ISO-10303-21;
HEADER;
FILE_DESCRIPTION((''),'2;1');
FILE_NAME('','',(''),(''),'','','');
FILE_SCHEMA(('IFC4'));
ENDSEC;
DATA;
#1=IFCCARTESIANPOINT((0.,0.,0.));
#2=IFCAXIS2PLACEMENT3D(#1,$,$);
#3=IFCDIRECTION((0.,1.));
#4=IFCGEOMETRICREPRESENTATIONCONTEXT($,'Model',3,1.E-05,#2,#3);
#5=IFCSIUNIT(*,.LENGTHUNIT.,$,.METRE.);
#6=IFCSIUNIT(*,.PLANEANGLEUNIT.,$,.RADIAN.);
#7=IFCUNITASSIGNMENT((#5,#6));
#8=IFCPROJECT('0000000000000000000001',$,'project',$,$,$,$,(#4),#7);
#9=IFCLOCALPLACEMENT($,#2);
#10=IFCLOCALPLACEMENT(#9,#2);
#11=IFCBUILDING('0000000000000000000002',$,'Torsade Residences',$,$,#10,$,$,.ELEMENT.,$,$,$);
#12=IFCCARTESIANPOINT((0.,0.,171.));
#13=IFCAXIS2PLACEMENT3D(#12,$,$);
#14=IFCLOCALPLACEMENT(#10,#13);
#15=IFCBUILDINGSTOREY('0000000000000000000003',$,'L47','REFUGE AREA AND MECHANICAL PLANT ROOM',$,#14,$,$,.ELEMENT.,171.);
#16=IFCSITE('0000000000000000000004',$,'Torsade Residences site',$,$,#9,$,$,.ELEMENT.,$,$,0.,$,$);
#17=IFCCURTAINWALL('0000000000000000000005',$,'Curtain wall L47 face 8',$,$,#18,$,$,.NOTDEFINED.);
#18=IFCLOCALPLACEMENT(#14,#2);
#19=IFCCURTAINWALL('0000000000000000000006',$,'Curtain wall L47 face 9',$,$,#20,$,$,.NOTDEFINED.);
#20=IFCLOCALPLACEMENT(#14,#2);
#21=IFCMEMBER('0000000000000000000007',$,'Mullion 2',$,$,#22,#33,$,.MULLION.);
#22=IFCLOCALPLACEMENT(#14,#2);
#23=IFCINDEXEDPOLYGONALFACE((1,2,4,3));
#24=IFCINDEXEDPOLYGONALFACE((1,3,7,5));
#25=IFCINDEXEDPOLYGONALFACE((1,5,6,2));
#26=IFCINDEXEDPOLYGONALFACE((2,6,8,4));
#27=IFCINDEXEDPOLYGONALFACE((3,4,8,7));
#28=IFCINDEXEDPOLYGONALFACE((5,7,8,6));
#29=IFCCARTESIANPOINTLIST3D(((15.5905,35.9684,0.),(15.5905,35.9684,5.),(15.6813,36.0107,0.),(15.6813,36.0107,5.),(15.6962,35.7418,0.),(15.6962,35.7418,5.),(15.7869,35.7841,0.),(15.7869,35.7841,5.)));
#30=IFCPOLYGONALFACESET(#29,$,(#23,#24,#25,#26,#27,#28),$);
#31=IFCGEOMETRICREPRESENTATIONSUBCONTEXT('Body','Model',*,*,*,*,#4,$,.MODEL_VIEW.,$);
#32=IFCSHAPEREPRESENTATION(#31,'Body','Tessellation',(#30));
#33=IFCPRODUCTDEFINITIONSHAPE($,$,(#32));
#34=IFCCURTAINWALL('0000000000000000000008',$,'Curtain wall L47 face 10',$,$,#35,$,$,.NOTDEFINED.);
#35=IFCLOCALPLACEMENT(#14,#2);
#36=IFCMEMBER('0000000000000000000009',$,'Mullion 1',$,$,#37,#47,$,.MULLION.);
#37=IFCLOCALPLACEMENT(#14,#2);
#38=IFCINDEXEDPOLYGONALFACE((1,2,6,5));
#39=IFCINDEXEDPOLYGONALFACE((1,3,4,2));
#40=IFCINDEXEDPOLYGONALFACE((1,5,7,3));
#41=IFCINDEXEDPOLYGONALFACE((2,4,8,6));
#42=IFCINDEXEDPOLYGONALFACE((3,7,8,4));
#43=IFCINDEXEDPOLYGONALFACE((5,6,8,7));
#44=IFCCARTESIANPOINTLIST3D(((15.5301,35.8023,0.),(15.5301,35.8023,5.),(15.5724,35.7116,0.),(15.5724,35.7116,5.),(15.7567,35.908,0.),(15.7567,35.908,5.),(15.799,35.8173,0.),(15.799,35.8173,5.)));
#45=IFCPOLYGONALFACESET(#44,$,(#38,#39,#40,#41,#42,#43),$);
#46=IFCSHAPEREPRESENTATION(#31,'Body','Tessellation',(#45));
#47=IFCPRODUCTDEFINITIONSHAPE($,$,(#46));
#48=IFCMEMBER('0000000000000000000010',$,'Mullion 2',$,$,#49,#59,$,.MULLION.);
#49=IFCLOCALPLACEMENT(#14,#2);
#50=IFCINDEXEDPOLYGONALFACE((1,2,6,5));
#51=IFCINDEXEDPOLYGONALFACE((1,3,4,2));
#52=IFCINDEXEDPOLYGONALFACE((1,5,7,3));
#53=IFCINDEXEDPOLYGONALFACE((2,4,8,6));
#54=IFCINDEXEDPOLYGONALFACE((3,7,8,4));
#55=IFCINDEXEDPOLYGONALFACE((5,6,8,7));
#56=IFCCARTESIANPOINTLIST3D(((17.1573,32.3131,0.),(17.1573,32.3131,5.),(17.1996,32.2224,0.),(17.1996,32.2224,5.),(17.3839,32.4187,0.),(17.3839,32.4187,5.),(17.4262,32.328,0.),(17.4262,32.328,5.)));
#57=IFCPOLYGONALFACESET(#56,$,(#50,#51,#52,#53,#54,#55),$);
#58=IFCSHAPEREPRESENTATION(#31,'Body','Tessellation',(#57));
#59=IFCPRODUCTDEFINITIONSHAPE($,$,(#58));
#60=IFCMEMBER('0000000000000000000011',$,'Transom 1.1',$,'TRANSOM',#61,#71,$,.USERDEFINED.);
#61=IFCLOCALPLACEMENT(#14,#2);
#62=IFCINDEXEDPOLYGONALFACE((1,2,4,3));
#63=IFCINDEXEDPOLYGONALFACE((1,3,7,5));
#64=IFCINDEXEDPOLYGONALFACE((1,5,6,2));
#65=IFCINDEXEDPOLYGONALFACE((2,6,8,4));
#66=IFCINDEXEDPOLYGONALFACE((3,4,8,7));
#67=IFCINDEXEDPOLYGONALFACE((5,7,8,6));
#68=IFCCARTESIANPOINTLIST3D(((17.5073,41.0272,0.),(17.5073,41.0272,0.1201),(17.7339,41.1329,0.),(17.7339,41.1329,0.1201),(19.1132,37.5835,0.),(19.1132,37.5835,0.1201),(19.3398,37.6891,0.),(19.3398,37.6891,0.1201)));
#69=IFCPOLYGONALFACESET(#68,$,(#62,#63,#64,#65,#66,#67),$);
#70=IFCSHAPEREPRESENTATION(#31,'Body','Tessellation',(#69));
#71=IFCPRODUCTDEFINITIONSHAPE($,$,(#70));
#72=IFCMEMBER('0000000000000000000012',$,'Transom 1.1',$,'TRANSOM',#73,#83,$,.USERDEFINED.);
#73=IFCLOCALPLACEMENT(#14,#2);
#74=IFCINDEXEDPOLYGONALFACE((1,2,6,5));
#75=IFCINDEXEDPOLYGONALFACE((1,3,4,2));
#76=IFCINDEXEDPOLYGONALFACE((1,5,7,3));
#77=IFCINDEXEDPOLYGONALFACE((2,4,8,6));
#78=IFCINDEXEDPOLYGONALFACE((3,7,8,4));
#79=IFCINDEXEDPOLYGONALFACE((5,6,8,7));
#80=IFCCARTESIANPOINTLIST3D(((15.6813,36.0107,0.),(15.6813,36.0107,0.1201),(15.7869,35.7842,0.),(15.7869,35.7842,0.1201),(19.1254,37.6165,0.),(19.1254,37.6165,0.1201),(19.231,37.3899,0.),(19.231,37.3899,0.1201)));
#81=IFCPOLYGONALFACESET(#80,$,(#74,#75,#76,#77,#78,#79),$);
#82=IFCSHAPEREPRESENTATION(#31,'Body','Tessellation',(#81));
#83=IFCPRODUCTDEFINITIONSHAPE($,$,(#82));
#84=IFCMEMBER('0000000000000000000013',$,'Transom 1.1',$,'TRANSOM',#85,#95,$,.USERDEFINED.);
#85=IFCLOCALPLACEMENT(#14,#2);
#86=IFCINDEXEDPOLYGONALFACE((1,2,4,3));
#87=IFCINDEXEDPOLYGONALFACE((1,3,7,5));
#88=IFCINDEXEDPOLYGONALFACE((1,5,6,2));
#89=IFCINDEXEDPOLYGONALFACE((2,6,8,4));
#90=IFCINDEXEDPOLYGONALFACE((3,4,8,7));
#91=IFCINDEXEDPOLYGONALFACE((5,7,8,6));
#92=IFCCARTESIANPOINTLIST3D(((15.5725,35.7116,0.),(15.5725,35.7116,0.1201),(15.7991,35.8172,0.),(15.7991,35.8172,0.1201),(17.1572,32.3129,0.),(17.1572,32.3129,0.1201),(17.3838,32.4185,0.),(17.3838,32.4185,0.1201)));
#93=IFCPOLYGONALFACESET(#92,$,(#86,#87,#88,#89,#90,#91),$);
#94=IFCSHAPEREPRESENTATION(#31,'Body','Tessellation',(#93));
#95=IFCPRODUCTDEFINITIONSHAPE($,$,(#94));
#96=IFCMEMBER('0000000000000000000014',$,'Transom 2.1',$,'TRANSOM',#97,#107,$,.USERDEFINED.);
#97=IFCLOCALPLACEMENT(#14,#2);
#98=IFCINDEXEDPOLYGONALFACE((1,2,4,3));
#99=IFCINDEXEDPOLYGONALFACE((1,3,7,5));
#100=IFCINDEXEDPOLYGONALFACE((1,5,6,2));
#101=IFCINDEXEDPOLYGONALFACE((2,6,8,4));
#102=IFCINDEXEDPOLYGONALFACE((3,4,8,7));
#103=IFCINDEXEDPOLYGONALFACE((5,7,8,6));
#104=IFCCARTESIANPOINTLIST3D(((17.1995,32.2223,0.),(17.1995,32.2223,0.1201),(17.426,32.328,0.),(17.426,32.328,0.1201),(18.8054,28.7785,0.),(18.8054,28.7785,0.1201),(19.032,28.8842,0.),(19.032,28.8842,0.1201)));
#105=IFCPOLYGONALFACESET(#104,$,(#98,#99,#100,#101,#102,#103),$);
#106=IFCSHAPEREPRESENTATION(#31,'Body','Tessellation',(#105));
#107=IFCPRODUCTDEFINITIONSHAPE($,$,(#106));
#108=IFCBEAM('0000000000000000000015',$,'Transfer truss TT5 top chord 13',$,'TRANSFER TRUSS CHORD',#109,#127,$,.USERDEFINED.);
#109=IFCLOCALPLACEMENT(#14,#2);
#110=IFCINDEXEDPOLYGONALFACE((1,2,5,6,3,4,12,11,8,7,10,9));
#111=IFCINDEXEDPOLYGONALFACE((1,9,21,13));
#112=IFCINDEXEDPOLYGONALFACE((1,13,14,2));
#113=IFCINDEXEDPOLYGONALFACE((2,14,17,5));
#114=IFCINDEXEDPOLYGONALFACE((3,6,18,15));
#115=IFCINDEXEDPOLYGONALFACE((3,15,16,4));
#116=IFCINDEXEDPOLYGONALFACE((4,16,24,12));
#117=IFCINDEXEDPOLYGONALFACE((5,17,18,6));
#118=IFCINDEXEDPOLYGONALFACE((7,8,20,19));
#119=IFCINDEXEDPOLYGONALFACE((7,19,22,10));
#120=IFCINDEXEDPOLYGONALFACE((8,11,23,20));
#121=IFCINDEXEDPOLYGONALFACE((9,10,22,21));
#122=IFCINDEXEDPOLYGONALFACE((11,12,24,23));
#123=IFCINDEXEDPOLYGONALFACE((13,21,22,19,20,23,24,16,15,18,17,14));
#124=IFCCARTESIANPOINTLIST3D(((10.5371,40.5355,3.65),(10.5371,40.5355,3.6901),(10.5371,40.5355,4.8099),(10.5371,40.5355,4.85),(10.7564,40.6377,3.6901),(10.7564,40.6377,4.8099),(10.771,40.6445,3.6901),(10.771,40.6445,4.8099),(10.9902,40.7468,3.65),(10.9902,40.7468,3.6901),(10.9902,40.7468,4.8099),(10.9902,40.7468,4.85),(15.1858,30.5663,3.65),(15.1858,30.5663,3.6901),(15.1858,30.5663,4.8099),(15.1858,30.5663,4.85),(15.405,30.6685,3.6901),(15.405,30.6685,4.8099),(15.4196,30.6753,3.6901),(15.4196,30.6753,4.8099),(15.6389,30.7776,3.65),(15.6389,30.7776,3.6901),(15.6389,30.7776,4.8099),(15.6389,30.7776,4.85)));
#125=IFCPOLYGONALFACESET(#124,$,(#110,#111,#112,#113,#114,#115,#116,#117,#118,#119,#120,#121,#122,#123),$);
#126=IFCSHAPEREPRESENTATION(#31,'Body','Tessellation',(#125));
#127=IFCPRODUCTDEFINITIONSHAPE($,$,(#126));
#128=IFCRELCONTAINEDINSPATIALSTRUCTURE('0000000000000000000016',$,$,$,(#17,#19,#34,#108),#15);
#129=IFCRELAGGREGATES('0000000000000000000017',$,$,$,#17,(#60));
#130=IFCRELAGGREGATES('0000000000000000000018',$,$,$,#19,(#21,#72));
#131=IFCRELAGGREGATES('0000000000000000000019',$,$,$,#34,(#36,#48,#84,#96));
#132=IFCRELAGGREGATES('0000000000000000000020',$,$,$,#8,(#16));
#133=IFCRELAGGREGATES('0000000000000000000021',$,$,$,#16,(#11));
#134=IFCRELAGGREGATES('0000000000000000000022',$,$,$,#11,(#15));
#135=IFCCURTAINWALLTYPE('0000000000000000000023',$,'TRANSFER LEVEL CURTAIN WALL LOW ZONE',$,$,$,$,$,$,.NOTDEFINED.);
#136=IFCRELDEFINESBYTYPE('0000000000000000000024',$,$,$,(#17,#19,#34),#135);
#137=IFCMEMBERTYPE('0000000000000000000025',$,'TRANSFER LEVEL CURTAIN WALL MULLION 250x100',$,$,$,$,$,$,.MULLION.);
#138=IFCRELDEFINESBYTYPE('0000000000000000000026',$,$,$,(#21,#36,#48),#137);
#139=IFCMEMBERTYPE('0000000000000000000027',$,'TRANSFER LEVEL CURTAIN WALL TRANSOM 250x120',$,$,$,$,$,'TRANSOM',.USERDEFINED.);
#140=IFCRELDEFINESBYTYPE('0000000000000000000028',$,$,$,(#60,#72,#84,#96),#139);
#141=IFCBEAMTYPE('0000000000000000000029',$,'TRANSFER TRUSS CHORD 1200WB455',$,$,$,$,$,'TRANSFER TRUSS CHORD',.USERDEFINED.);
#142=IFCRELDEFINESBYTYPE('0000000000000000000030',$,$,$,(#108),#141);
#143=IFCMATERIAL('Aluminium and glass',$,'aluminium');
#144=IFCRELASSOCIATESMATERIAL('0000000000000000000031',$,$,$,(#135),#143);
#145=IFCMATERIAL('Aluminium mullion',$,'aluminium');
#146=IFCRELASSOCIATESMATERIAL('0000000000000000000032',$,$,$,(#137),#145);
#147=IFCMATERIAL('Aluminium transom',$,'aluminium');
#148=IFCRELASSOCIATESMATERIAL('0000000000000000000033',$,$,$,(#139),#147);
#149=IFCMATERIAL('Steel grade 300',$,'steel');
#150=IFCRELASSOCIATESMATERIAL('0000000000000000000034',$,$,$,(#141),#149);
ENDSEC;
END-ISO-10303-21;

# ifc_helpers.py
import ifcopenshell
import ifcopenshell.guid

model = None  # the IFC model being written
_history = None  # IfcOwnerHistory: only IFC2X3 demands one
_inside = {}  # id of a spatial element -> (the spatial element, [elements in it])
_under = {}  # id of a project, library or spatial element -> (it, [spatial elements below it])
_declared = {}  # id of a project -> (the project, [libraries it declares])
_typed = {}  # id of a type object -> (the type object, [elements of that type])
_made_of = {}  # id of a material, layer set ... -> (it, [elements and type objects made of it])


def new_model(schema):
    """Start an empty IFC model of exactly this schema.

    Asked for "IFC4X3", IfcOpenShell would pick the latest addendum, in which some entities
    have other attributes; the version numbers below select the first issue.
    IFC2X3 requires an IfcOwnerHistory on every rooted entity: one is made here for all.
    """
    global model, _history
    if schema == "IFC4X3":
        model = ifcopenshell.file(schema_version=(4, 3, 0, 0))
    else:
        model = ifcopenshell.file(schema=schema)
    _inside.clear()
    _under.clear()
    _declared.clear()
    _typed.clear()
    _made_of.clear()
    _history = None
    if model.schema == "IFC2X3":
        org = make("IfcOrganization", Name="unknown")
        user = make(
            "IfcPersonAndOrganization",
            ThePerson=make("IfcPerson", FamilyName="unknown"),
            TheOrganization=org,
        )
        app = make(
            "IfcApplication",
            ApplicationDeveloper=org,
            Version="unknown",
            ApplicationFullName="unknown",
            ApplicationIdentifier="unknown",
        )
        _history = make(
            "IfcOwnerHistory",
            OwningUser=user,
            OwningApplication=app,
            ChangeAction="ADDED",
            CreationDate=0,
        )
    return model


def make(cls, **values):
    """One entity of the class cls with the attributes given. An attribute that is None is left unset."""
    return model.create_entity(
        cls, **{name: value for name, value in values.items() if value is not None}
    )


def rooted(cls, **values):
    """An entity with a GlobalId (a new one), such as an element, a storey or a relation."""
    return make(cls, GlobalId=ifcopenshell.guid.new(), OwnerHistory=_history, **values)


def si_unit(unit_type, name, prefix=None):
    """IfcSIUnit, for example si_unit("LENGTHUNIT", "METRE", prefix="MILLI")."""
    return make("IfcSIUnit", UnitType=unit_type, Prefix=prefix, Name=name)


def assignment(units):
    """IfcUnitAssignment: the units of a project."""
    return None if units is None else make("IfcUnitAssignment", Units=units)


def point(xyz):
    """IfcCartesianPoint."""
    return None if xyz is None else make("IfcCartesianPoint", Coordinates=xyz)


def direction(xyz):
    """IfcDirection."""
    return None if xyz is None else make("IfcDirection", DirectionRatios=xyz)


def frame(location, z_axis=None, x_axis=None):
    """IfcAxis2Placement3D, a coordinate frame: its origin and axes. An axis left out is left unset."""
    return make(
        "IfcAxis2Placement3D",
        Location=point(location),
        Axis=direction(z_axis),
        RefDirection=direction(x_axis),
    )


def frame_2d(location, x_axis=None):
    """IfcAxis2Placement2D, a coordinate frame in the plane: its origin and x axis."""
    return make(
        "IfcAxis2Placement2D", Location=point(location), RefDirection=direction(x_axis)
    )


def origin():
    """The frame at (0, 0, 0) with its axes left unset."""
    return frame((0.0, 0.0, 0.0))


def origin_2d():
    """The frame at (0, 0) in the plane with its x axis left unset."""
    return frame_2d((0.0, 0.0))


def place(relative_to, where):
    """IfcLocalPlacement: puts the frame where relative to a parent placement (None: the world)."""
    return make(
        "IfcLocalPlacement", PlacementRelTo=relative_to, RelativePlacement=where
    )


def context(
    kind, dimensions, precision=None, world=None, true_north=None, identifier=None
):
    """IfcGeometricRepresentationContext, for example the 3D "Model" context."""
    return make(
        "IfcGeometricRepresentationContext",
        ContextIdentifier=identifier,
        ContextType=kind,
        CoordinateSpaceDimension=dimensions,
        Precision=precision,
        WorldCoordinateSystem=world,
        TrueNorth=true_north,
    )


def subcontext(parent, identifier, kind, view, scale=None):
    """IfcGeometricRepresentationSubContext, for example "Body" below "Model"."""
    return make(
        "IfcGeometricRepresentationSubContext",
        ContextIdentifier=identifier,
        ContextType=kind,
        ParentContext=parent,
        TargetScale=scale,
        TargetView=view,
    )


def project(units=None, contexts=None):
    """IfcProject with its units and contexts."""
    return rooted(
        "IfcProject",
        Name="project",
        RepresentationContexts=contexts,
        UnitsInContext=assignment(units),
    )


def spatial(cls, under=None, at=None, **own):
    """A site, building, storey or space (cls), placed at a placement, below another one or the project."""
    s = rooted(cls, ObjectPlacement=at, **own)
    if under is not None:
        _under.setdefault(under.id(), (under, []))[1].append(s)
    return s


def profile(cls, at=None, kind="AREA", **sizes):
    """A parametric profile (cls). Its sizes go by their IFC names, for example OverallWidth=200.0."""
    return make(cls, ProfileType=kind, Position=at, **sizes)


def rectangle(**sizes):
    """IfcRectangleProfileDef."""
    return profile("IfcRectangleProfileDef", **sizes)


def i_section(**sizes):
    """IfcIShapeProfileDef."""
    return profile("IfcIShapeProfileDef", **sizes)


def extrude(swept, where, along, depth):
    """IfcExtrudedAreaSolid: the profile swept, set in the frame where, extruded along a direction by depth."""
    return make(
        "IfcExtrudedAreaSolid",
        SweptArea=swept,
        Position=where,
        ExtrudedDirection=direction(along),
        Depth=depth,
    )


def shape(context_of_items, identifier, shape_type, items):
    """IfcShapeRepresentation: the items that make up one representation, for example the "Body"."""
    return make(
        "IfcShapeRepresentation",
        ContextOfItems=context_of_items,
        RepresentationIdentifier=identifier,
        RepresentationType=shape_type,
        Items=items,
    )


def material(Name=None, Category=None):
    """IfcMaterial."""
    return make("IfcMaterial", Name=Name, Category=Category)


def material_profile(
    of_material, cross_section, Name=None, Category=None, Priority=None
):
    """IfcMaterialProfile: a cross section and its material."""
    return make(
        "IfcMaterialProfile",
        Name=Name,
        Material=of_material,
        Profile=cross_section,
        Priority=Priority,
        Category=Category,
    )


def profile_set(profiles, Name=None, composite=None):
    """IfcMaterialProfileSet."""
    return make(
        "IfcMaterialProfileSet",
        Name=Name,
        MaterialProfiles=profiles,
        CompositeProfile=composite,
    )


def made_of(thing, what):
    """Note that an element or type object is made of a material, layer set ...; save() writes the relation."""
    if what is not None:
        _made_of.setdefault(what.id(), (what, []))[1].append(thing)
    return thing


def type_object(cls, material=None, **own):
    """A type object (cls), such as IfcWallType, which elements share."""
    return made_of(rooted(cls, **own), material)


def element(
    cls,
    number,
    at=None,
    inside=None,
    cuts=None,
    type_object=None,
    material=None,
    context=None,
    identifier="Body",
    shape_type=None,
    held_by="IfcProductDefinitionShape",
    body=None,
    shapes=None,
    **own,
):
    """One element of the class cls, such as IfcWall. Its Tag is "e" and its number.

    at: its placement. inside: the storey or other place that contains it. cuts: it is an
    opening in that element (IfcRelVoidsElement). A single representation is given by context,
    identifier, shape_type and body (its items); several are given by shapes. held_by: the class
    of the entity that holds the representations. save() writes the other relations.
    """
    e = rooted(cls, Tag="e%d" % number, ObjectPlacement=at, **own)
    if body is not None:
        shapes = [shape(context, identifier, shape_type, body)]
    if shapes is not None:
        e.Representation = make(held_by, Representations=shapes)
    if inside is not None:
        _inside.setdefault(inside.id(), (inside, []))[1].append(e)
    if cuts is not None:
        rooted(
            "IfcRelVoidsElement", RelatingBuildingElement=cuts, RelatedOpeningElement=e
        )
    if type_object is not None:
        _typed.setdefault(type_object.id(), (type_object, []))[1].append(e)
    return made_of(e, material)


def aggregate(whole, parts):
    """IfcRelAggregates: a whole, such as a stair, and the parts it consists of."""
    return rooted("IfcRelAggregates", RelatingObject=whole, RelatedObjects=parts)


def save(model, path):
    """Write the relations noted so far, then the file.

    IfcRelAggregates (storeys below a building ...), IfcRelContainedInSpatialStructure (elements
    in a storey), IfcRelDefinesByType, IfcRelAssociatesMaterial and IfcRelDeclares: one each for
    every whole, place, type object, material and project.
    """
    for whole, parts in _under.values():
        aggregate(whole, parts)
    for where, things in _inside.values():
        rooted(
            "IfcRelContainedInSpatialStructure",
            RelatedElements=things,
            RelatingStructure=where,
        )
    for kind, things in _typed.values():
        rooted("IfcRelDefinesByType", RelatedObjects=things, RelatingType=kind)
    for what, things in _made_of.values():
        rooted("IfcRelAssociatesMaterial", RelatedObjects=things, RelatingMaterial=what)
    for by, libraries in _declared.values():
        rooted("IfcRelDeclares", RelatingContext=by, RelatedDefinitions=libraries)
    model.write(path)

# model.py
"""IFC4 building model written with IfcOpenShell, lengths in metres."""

from ifc_helpers import new_model, si_unit, direction, frame, origin, origin_2d, place, context, subcontext, project, spatial, rectangle, i_section, extrude, material, material_profile, profile_set, type_object, element, aggregate, save


model = new_model("IFC4")

# Units and contexts
model_context = context("Model", 3, precision=1e-05, world=origin(), true_north=direction((0.0, 1.0)))
body_context = subcontext(model_context, "Body", "Model", "MODEL_VIEW")
ifc_project = project(units=[si_unit("LENGTHUNIT", "METRE"), si_unit("PLANEANGLEUNIT", "RADIAN")], contexts=[model_context])

# Site, building, storey
site_placement = place(None, origin())
site = spatial("IfcSite", under=ifc_project, at=site_placement, Name="Torsade Residences site", CompositionType="ELEMENT", RefElevation=0.0)
building_placement = place(site_placement, origin())
building = spatial("IfcBuilding", under=site, at=building_placement, Name="Torsade Residences", CompositionType="ELEMENT")
storey_placement = place(building_placement, frame((0.0, 0.0, 171.0)))
storey = spatial("IfcBuildingStorey", under=building, at=storey_placement, Name="L47", Description="REFUGE AREA AND MECHANICAL PLANT ROOM", CompositionType="ELEMENT", Elevation=171.0)

# Shared definitions
ifc_material_1 = material(Name="Aluminium and glass", Category="aluminium")
curtain_wall_type = type_object("IfcCurtainWallType", Name="TRANSFER LEVEL CURTAIN WALL LOW ZONE", PredefinedType="NOTDEFINED", material=ifc_material_1)
ifc_material_2 = material(Name="Aluminium mullion", Category="aluminium")
ifc_material_profile_1 = material_profile(ifc_material_2, rectangle(XDim=0.25, YDim=0.1001, at=origin_2d()), Name="TRANSFER LEVEL CURTAIN WALL MULLION 250x100")
ifc_profile_set_1 = profile_set([ifc_material_profile_1], Name="Aluminium mullion")
member_type_1 = type_object("IfcMemberType", Name="TRANSFER LEVEL CURTAIN WALL MULLION 250x100", PredefinedType="MULLION", material=ifc_profile_set_1)

# Curtain walls, members
curtain_wall_1_placement = place(storey_placement, origin())
curtain_wall_1 = element("IfcCurtainWall", 1, at=curtain_wall_1_placement, inside=storey, type_object=curtain_wall_type, Name="Curtain wall L47 face 8", PredefinedType="NOTDEFINED")
curtain_wall_2_placement = place(storey_placement, origin())
curtain_wall_2 = element("IfcCurtainWall", 2, at=curtain_wall_2_placement, inside=storey, type_object=curtain_wall_type, Name="Curtain wall L47 face 9", PredefinedType="NOTDEFINED")
member_1_placement = place(storey_placement, frame((15.6887, 35.8762, 0.0), z_axis=(0.0, 0.0, 1.0), x_axis=(0.422618, -0.906308, 0.0)))
member_1 = element("IfcMember", 3, at=member_1_placement, type_object=member_type_1, Name="Mullion 2", PredefinedType="MULLION", context=body_context, shape_type="SweptSolid", body=[
    extrude(rectangle(XDim=0.25, YDim=0.1001, at=origin_2d()), origin(), (0.0, 0.0, 1.0), 5.0),
])
curtain_wall_3_placement = place(storey_placement, origin())
curtain_wall_3 = element("IfcCurtainWall", 4, at=curtain_wall_3_placement, inside=storey, type_object=curtain_wall_type, Name="Curtain wall L47 face 10", PredefinedType="NOTDEFINED")
member_2_placement = place(storey_placement, frame((15.6646, 35.8098, 0.0), z_axis=(0.0, 0.0, 1.0), x_axis=(0.906308, 0.422618, 0.0)))
member_2 = element("IfcMember", 5, at=member_2_placement, type_object=member_type_1, Name="Mullion 1", PredefinedType="MULLION", context=body_context, shape_type="SweptSolid", body=[
    extrude(rectangle(XDim=0.25, YDim=0.1001, at=origin_2d()), origin(), (0.0, 0.0, 1.0), 5.0),
])
member_3_placement = place(storey_placement, frame((17.2917, 32.3206, 0.0), z_axis=(0.0, 0.0, 1.0), x_axis=(0.906308, 0.422618, 0.0)))
member_3 = element("IfcMember", 6, at=member_3_placement, type_object=member_type_1, Name="Mullion 2", PredefinedType="MULLION", context=body_context, shape_type="SweptSolid", body=[
    extrude(rectangle(XDim=0.25, YDim=0.1001, at=origin_2d()), origin(), (0.0, 0.0, 1.0), 5.0),
])

# Members
ifc_material_3 = material(Name="Aluminium transom", Category="aluminium")
ifc_material_profile_2 = material_profile(ifc_material_3, rectangle(XDim=0.25, YDim=0.1201, at=origin_2d()), Name="TRANSFER LEVEL CURTAIN WALL TRANSOM 250x120")
ifc_profile_set_2 = profile_set([ifc_material_profile_2], Name="Aluminium transom")
member_type_2 = type_object("IfcMemberType", Name="TRANSFER LEVEL CURTAIN WALL TRANSOM 250x120", ElementType="TRANSOM", PredefinedType="USERDEFINED", material=ifc_profile_set_2)
member_4_placement = place(storey_placement, frame((17.6206, 41.0801, 0.0601), z_axis=(0.422632, -0.906301, 0.0), x_axis=(0.906301, 0.422632, 0.0)))
member_4 = element("IfcMember", 7, at=member_4_placement, type_object=member_type_2, Name="Transom 1.1", ObjectType="TRANSOM", PredefinedType="USERDEFINED", context=body_context, shape_type="SweptSolid", body=[
    extrude(rectangle(XDim=0.25, YDim=0.1201, at=origin_2d()), origin(), (0.0, 0.0, 1.0), 3.7998),
])
member_5_placement = place(storey_placement, frame((19.1782, 37.5032, 0.0601), z_axis=(-0.906337, -0.422555, 0.0), x_axis=(0.422555, -0.906337, 0.0)))
member_5 = element("IfcMember", 8, at=member_5_placement, type_object=member_type_2, Name="Transom 1.1", ObjectType="TRANSOM", PredefinedType="USERDEFINED", context=body_context, shape_type="SweptSolid", body=[
    extrude(rectangle(XDim=0.25, YDim=0.1201, at=origin_2d()), origin(), (0.0, 0.0, 1.0), 3.8),
])
member_6_placement = place(storey_placement, frame((15.6858, 35.7644, 0.0601), z_axis=(0.422593, -0.906319, 0.0), x_axis=(0.906319, 0.422593, 0.0)))
member_6 = element("IfcMember", 9, at=member_6_placement, type_object=member_type_2, Name="Transom 1.1", ObjectType="TRANSOM", PredefinedType="USERDEFINED", context=body_context, shape_type="SweptSolid", body=[
    extrude(rectangle(XDim=0.25, YDim=0.1201, at=origin_2d()), origin(), (0.0, 0.0, 1.0), 3.75),
])
member_7_placement = place(storey_placement, frame((17.3127, 32.2751, 0.0601), z_axis=(0.422632, -0.906301, 0.0), x_axis=(0.906301, 0.422632, 0.0)))
member_7 = element("IfcMember", 10, at=member_7_placement, type_object=member_type_2, Name="Transom 2.1", ObjectType="TRANSOM", PredefinedType="USERDEFINED", context=body_context, shape_type="SweptSolid", body=[
    extrude(rectangle(XDim=0.25, YDim=0.1201, at=origin_2d()), origin(), (0.0, 0.0, 1.0), 3.7998),
])

# Beam
ifc_material_4 = material(Name="Steel grade 300", Category="steel")
ifc_material_profile_3 = material_profile(ifc_material_4, i_section(OverallWidth=0.5, OverallDepth=1.2, WebThickness=0.0161, FlangeThickness=0.04, at=origin_2d()), Name="1200WB455")
ifc_profile_set_3 = profile_set([ifc_material_profile_3], Name="Steel grade 300")
beam_type_1 = type_object("IfcBeamType", Name="TRANSFER TRUSS CHORD 1200WB455", ElementType="TRANSFER TRUSS CHORD", PredefinedType="USERDEFINED", material=ifc_profile_set_3)
beam_1_placement = place(storey_placement, frame((10.7637, 40.6411, 4.25), z_axis=(0.422614, -0.90631, 0.0), x_axis=(0.90631, 0.422614, 0.0)))
element("IfcBeam", 11, at=beam_1_placement, inside=storey, type_object=beam_type_1, Name="Transfer truss TT5 top chord 13", ObjectType="TRANSFER TRUSS CHORD", PredefinedType="USERDEFINED", context=body_context, shape_type="SweptSolid", body=[
    extrude(i_section(OverallWidth=0.5, OverallDepth=1.2, WebThickness=0.0161, FlangeThickness=0.04, at=origin_2d()), origin(), (0.0, 0.0, 1.0), 10.9998),
])

aggregate(curtain_wall_1, [member_4])
aggregate(curtain_wall_2, [member_1, member_5])
aggregate(curtain_wall_3, [member_2, member_3, member_6, member_7])

save(model, "model.ifc")
